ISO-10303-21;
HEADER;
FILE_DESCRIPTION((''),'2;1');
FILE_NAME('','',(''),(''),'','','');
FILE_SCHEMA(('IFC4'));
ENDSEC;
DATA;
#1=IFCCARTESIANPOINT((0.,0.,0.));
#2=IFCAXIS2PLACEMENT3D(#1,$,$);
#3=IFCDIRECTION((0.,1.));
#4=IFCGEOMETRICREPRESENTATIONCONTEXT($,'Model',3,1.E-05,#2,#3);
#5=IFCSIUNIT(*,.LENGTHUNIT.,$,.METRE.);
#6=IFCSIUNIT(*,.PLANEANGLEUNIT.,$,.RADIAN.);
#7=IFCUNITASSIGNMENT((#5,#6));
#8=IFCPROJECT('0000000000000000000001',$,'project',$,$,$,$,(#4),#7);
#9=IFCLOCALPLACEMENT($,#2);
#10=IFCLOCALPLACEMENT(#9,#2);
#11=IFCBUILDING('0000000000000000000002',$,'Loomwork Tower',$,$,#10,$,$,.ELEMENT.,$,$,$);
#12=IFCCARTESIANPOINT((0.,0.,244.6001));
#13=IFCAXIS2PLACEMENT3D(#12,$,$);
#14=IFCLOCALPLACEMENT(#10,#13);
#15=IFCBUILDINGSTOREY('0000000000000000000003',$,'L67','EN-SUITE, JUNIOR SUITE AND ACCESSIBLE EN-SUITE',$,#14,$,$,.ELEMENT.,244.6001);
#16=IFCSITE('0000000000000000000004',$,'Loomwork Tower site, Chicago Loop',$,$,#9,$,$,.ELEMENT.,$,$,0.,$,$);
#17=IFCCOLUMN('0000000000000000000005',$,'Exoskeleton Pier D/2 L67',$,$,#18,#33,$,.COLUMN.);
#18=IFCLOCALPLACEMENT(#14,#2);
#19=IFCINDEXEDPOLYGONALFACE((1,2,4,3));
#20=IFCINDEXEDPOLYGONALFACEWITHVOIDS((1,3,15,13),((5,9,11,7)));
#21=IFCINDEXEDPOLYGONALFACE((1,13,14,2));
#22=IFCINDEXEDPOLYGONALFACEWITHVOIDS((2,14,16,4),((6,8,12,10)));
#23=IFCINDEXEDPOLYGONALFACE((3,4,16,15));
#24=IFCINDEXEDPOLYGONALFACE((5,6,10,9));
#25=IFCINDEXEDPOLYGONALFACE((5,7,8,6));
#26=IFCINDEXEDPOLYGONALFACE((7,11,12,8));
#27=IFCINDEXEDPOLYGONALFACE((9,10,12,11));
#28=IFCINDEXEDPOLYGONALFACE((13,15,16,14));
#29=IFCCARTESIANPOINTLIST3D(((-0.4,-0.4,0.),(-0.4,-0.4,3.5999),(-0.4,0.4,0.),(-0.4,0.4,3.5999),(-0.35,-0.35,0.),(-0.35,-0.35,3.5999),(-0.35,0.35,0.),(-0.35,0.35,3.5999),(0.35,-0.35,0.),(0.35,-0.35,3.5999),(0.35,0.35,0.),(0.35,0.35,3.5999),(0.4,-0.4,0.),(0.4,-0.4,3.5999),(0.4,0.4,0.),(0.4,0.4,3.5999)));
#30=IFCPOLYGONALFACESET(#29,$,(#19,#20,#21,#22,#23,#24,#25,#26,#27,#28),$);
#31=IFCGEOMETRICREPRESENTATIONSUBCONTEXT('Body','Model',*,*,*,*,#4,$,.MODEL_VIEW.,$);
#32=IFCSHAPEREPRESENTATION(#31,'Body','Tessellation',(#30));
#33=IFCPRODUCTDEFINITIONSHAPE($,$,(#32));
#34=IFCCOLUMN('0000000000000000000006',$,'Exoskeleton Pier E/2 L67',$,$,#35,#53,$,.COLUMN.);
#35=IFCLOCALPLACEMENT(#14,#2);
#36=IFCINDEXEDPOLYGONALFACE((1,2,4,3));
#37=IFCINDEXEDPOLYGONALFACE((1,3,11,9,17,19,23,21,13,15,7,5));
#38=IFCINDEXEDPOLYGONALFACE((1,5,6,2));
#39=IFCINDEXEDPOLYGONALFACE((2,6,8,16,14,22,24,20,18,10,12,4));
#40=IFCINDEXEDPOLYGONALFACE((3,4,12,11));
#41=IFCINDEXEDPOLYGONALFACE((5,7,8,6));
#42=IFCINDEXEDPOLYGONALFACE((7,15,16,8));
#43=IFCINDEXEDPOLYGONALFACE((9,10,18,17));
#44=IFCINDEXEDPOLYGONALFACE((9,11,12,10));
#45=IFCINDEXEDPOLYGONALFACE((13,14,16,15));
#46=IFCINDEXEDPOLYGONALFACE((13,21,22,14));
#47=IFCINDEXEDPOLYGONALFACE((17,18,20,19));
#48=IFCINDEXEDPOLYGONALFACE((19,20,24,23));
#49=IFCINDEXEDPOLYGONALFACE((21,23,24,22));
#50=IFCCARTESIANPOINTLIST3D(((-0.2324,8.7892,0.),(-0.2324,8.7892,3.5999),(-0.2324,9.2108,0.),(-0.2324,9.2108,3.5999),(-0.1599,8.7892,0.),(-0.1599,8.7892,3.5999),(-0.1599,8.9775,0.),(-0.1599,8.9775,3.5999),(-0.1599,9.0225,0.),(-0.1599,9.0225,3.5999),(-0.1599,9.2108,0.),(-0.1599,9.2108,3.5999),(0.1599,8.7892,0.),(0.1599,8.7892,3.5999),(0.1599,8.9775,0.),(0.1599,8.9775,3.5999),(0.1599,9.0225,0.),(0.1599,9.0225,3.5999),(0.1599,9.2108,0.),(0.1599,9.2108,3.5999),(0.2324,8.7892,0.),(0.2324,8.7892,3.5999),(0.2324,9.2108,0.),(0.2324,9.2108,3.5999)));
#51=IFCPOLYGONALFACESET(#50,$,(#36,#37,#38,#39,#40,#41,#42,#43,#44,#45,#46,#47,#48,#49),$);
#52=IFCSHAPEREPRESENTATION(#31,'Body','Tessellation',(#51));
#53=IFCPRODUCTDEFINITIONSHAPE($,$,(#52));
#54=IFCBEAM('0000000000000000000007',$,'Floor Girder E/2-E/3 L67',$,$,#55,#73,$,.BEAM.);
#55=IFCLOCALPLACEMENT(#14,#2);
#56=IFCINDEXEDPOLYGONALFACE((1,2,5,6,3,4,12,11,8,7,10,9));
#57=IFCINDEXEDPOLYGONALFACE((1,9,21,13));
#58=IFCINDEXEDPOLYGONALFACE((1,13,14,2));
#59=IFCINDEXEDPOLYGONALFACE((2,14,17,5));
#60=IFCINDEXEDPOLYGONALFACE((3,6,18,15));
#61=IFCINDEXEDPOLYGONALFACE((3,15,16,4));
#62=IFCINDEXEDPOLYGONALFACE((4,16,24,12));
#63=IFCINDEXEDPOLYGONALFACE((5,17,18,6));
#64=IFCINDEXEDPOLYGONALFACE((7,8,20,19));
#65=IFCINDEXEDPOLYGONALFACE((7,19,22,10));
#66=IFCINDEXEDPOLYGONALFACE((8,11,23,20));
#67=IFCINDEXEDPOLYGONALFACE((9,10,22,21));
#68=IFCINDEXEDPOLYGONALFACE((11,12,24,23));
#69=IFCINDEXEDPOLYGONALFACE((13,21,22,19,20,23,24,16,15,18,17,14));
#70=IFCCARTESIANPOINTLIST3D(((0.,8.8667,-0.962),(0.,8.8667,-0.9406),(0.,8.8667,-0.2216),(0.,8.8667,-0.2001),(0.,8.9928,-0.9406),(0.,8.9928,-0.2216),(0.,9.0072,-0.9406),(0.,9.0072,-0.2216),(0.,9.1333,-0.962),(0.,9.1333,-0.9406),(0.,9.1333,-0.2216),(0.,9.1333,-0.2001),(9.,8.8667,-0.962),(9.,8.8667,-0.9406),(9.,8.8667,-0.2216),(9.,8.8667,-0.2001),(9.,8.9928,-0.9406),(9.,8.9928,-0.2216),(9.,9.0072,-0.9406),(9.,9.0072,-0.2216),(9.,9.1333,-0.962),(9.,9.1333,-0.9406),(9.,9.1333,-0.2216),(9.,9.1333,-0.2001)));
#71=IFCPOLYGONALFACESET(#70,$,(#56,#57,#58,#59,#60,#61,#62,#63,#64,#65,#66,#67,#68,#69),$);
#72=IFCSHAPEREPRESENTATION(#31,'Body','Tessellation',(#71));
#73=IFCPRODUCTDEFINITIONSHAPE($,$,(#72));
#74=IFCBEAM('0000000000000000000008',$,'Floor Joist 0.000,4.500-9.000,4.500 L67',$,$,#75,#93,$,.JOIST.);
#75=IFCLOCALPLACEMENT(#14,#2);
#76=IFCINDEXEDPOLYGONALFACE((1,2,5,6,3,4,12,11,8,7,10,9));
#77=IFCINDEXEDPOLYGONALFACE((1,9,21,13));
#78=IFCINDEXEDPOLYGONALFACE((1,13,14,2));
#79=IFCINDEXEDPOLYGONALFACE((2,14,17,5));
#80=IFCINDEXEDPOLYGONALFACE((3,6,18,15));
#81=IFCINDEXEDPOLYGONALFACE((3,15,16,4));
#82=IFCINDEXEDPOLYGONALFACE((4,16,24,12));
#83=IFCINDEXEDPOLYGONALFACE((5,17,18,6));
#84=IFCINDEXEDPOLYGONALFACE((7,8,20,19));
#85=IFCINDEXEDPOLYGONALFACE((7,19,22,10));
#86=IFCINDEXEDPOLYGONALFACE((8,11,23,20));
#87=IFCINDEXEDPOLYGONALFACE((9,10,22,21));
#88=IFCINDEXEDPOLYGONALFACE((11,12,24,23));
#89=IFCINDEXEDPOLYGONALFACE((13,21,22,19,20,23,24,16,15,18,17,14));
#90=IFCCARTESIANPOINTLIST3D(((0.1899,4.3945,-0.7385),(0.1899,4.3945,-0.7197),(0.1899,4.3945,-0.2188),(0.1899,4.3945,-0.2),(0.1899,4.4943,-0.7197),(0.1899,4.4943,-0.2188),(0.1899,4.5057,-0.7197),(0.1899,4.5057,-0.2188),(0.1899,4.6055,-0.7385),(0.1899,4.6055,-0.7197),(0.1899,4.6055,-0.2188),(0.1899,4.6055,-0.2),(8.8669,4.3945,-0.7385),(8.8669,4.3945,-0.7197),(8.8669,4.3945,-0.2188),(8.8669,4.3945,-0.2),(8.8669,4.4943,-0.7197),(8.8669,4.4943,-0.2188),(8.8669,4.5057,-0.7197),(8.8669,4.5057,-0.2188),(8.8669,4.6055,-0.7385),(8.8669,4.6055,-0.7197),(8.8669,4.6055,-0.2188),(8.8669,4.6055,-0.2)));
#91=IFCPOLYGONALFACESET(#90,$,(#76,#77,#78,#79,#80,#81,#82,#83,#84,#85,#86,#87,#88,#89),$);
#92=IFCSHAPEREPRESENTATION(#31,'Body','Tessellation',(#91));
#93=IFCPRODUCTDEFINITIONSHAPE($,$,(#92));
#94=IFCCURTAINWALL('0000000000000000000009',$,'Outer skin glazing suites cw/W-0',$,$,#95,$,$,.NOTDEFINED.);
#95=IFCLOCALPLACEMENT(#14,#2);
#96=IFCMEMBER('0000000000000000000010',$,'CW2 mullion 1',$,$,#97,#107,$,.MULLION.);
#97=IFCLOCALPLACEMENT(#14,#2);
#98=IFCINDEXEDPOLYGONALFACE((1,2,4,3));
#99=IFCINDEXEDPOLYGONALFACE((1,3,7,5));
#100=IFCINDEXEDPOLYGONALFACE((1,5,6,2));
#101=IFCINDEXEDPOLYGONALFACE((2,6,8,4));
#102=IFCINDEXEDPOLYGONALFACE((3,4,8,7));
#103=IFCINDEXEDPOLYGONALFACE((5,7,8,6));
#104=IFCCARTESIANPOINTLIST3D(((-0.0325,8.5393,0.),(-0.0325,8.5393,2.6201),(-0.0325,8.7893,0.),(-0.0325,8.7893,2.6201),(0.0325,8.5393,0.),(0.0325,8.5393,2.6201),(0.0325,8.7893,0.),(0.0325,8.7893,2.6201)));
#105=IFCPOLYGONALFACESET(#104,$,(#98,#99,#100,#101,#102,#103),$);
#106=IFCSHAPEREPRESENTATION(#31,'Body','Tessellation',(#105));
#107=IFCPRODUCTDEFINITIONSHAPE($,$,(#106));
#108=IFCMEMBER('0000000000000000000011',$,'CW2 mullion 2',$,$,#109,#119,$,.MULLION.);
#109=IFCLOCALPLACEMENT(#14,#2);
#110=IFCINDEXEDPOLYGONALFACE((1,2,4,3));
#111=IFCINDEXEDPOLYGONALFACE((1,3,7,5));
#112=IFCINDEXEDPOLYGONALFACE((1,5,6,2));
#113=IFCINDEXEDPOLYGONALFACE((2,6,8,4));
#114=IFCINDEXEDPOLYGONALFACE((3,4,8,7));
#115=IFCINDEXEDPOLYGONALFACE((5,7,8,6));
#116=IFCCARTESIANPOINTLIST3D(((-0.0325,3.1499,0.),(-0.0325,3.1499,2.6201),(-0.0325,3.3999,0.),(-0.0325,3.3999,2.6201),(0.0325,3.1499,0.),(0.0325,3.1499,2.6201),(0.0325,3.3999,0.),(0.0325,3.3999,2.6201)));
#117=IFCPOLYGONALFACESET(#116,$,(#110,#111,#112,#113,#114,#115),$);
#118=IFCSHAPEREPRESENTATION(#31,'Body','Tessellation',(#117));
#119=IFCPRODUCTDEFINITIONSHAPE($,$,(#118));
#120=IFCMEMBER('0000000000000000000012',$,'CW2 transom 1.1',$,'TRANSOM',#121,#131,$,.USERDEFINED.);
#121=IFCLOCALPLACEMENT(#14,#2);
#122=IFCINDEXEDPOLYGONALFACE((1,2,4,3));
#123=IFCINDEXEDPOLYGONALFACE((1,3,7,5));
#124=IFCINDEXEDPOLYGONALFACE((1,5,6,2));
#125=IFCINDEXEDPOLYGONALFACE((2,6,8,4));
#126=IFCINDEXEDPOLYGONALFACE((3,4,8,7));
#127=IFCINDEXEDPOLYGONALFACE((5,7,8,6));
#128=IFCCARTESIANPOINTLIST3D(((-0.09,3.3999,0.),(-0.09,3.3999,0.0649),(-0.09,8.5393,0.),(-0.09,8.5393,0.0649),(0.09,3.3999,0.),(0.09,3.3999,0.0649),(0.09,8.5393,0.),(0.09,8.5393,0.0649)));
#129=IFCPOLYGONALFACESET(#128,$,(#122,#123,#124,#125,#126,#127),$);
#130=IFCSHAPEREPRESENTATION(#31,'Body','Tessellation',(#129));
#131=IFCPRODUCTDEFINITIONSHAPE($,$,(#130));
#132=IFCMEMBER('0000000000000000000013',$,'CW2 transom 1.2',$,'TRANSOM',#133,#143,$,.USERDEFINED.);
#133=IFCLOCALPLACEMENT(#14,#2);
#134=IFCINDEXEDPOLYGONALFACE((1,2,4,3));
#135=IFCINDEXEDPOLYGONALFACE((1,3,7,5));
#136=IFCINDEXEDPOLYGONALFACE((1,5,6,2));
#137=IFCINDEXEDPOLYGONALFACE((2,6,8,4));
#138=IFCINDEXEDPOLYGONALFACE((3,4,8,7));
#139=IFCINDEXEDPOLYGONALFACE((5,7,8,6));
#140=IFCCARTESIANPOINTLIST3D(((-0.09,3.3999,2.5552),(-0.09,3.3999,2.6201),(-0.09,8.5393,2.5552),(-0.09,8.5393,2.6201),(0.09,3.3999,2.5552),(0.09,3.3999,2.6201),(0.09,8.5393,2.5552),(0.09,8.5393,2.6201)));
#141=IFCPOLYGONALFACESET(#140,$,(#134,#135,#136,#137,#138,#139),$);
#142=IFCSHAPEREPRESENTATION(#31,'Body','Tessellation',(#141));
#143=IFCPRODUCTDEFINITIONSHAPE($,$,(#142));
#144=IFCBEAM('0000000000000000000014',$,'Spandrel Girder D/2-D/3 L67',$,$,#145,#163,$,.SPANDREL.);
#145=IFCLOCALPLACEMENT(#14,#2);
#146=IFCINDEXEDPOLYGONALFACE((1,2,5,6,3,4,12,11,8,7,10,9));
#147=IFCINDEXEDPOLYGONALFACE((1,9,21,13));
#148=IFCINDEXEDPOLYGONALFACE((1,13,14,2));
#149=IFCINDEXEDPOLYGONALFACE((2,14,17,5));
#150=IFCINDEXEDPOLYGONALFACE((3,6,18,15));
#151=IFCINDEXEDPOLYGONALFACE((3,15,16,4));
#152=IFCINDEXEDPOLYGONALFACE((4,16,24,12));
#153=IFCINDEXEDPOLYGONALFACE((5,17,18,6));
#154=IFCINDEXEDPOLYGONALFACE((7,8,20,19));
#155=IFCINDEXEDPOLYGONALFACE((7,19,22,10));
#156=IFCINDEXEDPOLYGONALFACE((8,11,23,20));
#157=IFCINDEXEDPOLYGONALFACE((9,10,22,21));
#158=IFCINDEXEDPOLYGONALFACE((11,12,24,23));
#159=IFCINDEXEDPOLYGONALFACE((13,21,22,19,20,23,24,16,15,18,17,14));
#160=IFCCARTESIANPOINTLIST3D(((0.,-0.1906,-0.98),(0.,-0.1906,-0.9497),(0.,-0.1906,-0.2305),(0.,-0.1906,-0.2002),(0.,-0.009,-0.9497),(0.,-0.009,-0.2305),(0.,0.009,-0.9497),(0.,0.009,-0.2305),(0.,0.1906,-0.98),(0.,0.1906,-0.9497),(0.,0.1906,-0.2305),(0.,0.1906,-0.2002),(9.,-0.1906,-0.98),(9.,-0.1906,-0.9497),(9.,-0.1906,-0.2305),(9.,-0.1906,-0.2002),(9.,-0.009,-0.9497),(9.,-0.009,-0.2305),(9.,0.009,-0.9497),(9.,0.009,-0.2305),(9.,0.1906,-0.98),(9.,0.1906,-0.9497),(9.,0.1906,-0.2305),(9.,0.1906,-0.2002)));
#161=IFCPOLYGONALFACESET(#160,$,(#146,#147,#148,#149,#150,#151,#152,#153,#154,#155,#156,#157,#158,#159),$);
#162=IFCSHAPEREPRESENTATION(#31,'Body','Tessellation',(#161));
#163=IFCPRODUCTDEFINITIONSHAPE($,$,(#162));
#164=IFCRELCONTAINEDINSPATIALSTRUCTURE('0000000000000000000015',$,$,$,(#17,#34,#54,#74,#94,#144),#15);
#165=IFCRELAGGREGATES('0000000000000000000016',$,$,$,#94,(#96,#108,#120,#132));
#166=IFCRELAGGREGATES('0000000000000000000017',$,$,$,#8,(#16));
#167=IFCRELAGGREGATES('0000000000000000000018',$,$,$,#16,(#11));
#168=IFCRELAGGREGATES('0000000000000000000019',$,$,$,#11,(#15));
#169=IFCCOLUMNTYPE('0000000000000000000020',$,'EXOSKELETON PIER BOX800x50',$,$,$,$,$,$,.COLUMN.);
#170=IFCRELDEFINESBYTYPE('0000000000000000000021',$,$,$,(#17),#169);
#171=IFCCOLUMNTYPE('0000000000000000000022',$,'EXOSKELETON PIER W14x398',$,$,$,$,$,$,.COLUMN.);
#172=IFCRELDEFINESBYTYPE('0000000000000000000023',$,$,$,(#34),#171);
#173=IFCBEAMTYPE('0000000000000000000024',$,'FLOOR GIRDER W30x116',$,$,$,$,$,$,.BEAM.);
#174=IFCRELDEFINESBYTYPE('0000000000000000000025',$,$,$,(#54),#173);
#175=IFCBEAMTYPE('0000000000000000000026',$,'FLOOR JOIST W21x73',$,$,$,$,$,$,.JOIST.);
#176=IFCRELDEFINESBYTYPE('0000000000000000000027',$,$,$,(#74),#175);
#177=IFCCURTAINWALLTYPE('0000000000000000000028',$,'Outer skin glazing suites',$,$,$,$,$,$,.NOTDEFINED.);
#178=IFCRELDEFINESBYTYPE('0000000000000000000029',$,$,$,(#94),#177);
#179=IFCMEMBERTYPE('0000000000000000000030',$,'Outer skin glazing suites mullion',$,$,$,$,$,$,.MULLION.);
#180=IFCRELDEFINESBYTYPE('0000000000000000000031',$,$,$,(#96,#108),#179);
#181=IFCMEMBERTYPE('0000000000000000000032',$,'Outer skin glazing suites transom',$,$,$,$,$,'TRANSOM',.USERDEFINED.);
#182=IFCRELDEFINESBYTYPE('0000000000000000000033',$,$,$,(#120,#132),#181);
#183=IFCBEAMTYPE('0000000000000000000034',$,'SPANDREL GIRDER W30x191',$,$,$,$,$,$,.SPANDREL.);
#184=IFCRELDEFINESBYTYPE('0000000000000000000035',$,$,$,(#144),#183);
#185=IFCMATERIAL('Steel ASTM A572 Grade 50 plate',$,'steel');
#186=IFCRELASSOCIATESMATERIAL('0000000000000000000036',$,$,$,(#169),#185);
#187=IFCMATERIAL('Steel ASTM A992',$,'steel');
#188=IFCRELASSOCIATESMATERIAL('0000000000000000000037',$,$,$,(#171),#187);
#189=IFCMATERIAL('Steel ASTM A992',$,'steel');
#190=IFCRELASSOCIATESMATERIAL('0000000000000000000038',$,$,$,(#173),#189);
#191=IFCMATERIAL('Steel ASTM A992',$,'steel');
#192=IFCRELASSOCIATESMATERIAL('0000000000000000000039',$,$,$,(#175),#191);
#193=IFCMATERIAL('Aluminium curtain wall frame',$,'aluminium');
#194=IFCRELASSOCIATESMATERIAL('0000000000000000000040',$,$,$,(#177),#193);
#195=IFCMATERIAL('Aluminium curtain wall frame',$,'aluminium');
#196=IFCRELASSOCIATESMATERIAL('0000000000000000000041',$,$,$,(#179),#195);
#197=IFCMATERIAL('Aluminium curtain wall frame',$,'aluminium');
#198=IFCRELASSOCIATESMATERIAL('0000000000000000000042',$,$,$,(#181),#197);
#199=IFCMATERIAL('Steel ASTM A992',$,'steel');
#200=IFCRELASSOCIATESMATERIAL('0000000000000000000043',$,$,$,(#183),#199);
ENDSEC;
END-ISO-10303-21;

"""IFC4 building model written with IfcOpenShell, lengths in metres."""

from ifc_helpers import new_model, si_unit, direction, frame, origin, origin_with_axes, origin_2d, place, context, subcontext, project, spatial, rectangle, hollow_rectangle, i_section, extrude, material, material_profile, profile_set, type_object, element, aggregate, save


model = new_model("IFC4")

# Units and contexts
model_context = context("Model", 3, precision=1e-05, world=origin(), true_north=direction((0.0, 1.0)))
body_context = subcontext(model_context, "Body", "Model", "MODEL_VIEW")
ifc_project = project(units=[si_unit("LENGTHUNIT", "METRE"), si_unit("PLANEANGLEUNIT", "RADIAN")], contexts=[model_context])

# Site, building, storey
site_placement = place(None, origin())
site = spatial("IfcSite", under=ifc_project, at=site_placement, Name="Loomwork Tower site, Chicago Loop", CompositionType="ELEMENT", RefElevation=0.0)
building_placement = place(site_placement, origin())
building = spatial("IfcBuilding", under=site, at=building_placement, Name="Loomwork Tower", CompositionType="ELEMENT")
storey_placement = place(building_placement, frame((0.0, 0.0, 244.6001)))
storey = spatial("IfcBuildingStorey", under=building, at=storey_placement, Name="L67", Description="EN-SUITE, JUNIOR SUITE AND ACCESSIBLE EN-SUITE", CompositionType="ELEMENT", Elevation=244.6001)

# Columns
ifc_material_1 = material(Name="Steel ASTM A572 Grade 50 plate", Category="steel")
ifc_material_profile_1 = material_profile(ifc_material_1, hollow_rectangle(XDim=0.8, YDim=0.8, WallThickness=0.05, at=origin_2d()), Name="BOX800x50")
ifc_profile_set_1 = profile_set([ifc_material_profile_1], Name="Steel ASTM A572 Grade 50 plate")
column_type_1 = type_object("IfcColumnType", Name="EXOSKELETON PIER BOX800x50", PredefinedType="COLUMN", material=ifc_profile_set_1)
column_1_placement = place(storey_placement, origin_with_axes())
element("IfcColumn", 1, at=column_1_placement, inside=storey, type_object=column_type_1, Name="Exoskeleton Pier D/2 L67", PredefinedType="COLUMN", context=body_context, shape_type="SweptSolid", body=[
    extrude(hollow_rectangle(XDim=0.8, YDim=0.8, WallThickness=0.05, at=origin_2d()), origin(), (0.0, 0.0, 1.0), 3.5999),
])
ifc_material_2 = material(Name="Steel ASTM A992", Category="steel")
ifc_material_profile_2 = material_profile(ifc_material_2, i_section(OverallWidth=0.4216, OverallDepth=0.4648, WebThickness=0.0449, FlangeThickness=0.0725, at=origin_2d()), Name="W14x398")
ifc_profile_set_2 = profile_set([ifc_material_profile_2], Name="Steel ASTM A992")
column_type_2 = type_object("IfcColumnType", Name="EXOSKELETON PIER W14x398", PredefinedType="COLUMN", material=ifc_profile_set_2)
column_2_placement = place(storey_placement, frame((0.0, 9.0, 0.0), z_axis=(0.0, 0.0, 1.0), x_axis=(0.0, 1.0, 0.0)))
element("IfcColumn", 2, at=column_2_placement, inside=storey, type_object=column_type_2, Name="Exoskeleton Pier E/2 L67", PredefinedType="COLUMN", context=body_context, shape_type="SweptSolid", body=[
    extrude(i_section(OverallWidth=0.4216, OverallDepth=0.4648, WebThickness=0.0449, FlangeThickness=0.0725, at=origin_2d()), origin(), (0.0, 0.0, 1.0), 3.5999),
])

# Beams
ifc_material_3 = material(Name="Steel ASTM A992", Category="steel")
ifc_material_profile_3 = material_profile(ifc_material_3, i_section(OverallWidth=0.2666, OverallDepth=0.762, WebThickness=0.0144, FlangeThickness=0.0215, at=origin_2d()), Name="W30x116")
ifc_profile_set_3 = profile_set([ifc_material_profile_3], Name="Steel ASTM A992")
beam_type_1 = type_object("IfcBeamType", Name="FLOOR GIRDER W30x116", PredefinedType="BEAM", material=ifc_profile_set_3)
beam_1_placement = place(storey_placement, frame((0.0, 9.0, -0.5811), z_axis=(1.0, 0.0, 0.0), x_axis=(0.0, 1.0, 0.0)))
element("IfcBeam", 3, at=beam_1_placement, inside=storey, type_object=beam_type_1, Name="Floor Girder E/2-E/3 L67", PredefinedType="BEAM", context=body_context, shape_type="SweptSolid", body=[
    extrude(i_section(OverallWidth=0.2666, OverallDepth=0.762, WebThickness=0.0144, FlangeThickness=0.0215, at=origin_2d()), origin(), (0.0, 0.0, 1.0), 9.0),
])
ifc_material_4 = material(Name="Steel ASTM A992", Category="steel")
ifc_material_profile_4 = material_profile(ifc_material_4, i_section(OverallWidth=0.2109, OverallDepth=0.5386, WebThickness=0.0115, FlangeThickness=0.0188, at=origin_2d()), Name="W21x73")
ifc_profile_set_4 = profile_set([ifc_material_profile_4], Name="Steel ASTM A992")
beam_type_2 = type_object("IfcBeamType", Name="FLOOR JOIST W21x73", PredefinedType="JOIST", material=ifc_profile_set_4)
beam_2_placement = place(storey_placement, frame((0.1899, 4.5, -0.4692), z_axis=(1.0, 0.0, 0.0), x_axis=(0.0, 1.0, 0.0)))
element("IfcBeam", 4, at=beam_2_placement, inside=storey, type_object=beam_type_2, Name="Floor Joist 0.000,4.500-9.000,4.500 L67", PredefinedType="JOIST", context=body_context, shape_type="SweptSolid", body=[
    extrude(i_section(OverallWidth=0.2109, OverallDepth=0.5386, WebThickness=0.0115, FlangeThickness=0.0188, at=origin_2d()), origin(), (0.0, 0.0, 1.0), 8.677),
])

# Curtain wall, members
ifc_material_5 = material(Name="Aluminium curtain wall frame", Category="aluminium")
curtain_wall_type = type_object("IfcCurtainWallType", Name="Outer skin glazing suites", PredefinedType="NOTDEFINED", material=ifc_material_5)
curtain_wall_placement = place(storey_placement, origin())
curtain_wall = element("IfcCurtainWall", 5, at=curtain_wall_placement, inside=storey, type_object=curtain_wall_type, Name="Outer skin glazing suites cw/W-0", PredefinedType="NOTDEFINED")
ifc_material_6 = material(Name="Aluminium curtain wall frame", Category="aluminium")
ifc_material_profile_5 = material_profile(ifc_material_6, rectangle(XDim=0.0649, YDim=0.25, at=origin_2d()), Name="AL 65x250")
ifc_profile_set_5 = profile_set([ifc_material_profile_5], Name="Aluminium curtain wall frame")
member_type_1 = type_object("IfcMemberType", Name="Outer skin glazing suites mullion", PredefinedType="MULLION", material=ifc_profile_set_5)
member_1_placement = place(storey_placement, frame((0.0, 8.6643, 0.0), z_axis=(0.0, 0.0, 1.0), x_axis=(1.0, 0.0, 0.0)))
member_1 = element("IfcMember", 6, at=member_1_placement, type_object=member_type_1, Name="CW2 mullion 1", PredefinedType="MULLION", context=body_context, shape_type="SweptSolid", body=[
    extrude(rectangle(XDim=0.0649, YDim=0.25, at=origin_2d()), origin(), (0.0, 0.0, 1.0), 2.6201),
])
member_2_placement = place(storey_placement, frame((0.0, 3.2749, 0.0), z_axis=(0.0, 0.0, 1.0), x_axis=(1.0, 0.0, 0.0)))
member_2 = element("IfcMember", 7, at=member_2_placement, type_object=member_type_1, Name="CW2 mullion 2", PredefinedType="MULLION", context=body_context, shape_type="SweptSolid", body=[
    extrude(rectangle(XDim=0.0649, YDim=0.25, at=origin_2d()), origin(), (0.0, 0.0, 1.0), 2.6201),
])
ifc_material_7 = material(Name="Aluminium curtain wall frame", Category="aluminium")
ifc_material_profile_6 = material_profile(ifc_material_7, rectangle(XDim=0.1799, YDim=0.0649, at=origin_2d()), Name="AL 65x180")
ifc_profile_set_6 = profile_set([ifc_material_profile_6], Name="Aluminium curtain wall frame")
member_type_2 = type_object("IfcMemberType", Name="Outer skin glazing suites transom", ElementType="TRANSOM", PredefinedType="USERDEFINED", material=ifc_profile_set_6)
member_3_placement = place(storey_placement, frame((0.0, 8.5393, 0.0325), z_axis=(0.0, -1.0, 0.0), x_axis=(1.0, 0.0, 0.0)))
member_3 = element("IfcMember", 8, at=member_3_placement, type_object=member_type_2, Name="CW2 transom 1.1", ObjectType="TRANSOM", PredefinedType="USERDEFINED", context=body_context, shape_type="SweptSolid", body=[
    extrude(rectangle(XDim=0.1799, YDim=0.0649, at=origin_2d()), origin(), (0.0, 0.0, 1.0), 5.1394),
])
member_4_placement = place(storey_placement, frame((0.0, 8.5393, 2.5876), z_axis=(0.0, -1.0, 0.0), x_axis=(1.0, 0.0, 0.0)))
member_4 = element("IfcMember", 9, at=member_4_placement, type_object=member_type_2, Name="CW2 transom 1.2", ObjectType="TRANSOM", PredefinedType="USERDEFINED", context=body_context, shape_type="SweptSolid", body=[
    extrude(rectangle(XDim=0.1799, YDim=0.0649, at=origin_2d()), origin(), (0.0, 0.0, 1.0), 5.1394),
])

# Beam
ifc_material_8 = material(Name="Steel ASTM A992", Category="steel")
ifc_material_profile_7 = material_profile(ifc_material_8, i_section(OverallWidth=0.3811, OverallDepth=0.7798, WebThickness=0.0181, FlangeThickness=0.0303, at=origin_2d()), Name="W30x191")
ifc_profile_set_7 = profile_set([ifc_material_profile_7], Name="Steel ASTM A992")
beam_type_3 = type_object("IfcBeamType", Name="SPANDREL GIRDER W30x191", PredefinedType="SPANDREL", material=ifc_profile_set_7)
for number, where, z_axis, x_axis, name in (
    (10, (0.0, 0.0, -0.5901), (1.0, 0.0, 0.0), (0.0, 1.0, 0.0), "Spandrel Girder D/2-D/3 L67"),
):
    element("IfcBeam", number, at=place(storey_placement, frame(where, z_axis=z_axis, x_axis=x_axis)), inside=storey, type_object=beam_type_3, Name=name, PredefinedType="SPANDREL", context=body_context, shape_type="SweptSolid", body=[
        extrude(i_section(OverallWidth=0.3811, OverallDepth=0.7798, WebThickness=0.0181, FlangeThickness=0.0303, at=origin_2d()), origin(), (0.0, 0.0, 1.0), 9.0),
    ])

aggregate(curtain_wall, [member_1, member_2, member_3, member_4])

save(model, "model.ifc")
